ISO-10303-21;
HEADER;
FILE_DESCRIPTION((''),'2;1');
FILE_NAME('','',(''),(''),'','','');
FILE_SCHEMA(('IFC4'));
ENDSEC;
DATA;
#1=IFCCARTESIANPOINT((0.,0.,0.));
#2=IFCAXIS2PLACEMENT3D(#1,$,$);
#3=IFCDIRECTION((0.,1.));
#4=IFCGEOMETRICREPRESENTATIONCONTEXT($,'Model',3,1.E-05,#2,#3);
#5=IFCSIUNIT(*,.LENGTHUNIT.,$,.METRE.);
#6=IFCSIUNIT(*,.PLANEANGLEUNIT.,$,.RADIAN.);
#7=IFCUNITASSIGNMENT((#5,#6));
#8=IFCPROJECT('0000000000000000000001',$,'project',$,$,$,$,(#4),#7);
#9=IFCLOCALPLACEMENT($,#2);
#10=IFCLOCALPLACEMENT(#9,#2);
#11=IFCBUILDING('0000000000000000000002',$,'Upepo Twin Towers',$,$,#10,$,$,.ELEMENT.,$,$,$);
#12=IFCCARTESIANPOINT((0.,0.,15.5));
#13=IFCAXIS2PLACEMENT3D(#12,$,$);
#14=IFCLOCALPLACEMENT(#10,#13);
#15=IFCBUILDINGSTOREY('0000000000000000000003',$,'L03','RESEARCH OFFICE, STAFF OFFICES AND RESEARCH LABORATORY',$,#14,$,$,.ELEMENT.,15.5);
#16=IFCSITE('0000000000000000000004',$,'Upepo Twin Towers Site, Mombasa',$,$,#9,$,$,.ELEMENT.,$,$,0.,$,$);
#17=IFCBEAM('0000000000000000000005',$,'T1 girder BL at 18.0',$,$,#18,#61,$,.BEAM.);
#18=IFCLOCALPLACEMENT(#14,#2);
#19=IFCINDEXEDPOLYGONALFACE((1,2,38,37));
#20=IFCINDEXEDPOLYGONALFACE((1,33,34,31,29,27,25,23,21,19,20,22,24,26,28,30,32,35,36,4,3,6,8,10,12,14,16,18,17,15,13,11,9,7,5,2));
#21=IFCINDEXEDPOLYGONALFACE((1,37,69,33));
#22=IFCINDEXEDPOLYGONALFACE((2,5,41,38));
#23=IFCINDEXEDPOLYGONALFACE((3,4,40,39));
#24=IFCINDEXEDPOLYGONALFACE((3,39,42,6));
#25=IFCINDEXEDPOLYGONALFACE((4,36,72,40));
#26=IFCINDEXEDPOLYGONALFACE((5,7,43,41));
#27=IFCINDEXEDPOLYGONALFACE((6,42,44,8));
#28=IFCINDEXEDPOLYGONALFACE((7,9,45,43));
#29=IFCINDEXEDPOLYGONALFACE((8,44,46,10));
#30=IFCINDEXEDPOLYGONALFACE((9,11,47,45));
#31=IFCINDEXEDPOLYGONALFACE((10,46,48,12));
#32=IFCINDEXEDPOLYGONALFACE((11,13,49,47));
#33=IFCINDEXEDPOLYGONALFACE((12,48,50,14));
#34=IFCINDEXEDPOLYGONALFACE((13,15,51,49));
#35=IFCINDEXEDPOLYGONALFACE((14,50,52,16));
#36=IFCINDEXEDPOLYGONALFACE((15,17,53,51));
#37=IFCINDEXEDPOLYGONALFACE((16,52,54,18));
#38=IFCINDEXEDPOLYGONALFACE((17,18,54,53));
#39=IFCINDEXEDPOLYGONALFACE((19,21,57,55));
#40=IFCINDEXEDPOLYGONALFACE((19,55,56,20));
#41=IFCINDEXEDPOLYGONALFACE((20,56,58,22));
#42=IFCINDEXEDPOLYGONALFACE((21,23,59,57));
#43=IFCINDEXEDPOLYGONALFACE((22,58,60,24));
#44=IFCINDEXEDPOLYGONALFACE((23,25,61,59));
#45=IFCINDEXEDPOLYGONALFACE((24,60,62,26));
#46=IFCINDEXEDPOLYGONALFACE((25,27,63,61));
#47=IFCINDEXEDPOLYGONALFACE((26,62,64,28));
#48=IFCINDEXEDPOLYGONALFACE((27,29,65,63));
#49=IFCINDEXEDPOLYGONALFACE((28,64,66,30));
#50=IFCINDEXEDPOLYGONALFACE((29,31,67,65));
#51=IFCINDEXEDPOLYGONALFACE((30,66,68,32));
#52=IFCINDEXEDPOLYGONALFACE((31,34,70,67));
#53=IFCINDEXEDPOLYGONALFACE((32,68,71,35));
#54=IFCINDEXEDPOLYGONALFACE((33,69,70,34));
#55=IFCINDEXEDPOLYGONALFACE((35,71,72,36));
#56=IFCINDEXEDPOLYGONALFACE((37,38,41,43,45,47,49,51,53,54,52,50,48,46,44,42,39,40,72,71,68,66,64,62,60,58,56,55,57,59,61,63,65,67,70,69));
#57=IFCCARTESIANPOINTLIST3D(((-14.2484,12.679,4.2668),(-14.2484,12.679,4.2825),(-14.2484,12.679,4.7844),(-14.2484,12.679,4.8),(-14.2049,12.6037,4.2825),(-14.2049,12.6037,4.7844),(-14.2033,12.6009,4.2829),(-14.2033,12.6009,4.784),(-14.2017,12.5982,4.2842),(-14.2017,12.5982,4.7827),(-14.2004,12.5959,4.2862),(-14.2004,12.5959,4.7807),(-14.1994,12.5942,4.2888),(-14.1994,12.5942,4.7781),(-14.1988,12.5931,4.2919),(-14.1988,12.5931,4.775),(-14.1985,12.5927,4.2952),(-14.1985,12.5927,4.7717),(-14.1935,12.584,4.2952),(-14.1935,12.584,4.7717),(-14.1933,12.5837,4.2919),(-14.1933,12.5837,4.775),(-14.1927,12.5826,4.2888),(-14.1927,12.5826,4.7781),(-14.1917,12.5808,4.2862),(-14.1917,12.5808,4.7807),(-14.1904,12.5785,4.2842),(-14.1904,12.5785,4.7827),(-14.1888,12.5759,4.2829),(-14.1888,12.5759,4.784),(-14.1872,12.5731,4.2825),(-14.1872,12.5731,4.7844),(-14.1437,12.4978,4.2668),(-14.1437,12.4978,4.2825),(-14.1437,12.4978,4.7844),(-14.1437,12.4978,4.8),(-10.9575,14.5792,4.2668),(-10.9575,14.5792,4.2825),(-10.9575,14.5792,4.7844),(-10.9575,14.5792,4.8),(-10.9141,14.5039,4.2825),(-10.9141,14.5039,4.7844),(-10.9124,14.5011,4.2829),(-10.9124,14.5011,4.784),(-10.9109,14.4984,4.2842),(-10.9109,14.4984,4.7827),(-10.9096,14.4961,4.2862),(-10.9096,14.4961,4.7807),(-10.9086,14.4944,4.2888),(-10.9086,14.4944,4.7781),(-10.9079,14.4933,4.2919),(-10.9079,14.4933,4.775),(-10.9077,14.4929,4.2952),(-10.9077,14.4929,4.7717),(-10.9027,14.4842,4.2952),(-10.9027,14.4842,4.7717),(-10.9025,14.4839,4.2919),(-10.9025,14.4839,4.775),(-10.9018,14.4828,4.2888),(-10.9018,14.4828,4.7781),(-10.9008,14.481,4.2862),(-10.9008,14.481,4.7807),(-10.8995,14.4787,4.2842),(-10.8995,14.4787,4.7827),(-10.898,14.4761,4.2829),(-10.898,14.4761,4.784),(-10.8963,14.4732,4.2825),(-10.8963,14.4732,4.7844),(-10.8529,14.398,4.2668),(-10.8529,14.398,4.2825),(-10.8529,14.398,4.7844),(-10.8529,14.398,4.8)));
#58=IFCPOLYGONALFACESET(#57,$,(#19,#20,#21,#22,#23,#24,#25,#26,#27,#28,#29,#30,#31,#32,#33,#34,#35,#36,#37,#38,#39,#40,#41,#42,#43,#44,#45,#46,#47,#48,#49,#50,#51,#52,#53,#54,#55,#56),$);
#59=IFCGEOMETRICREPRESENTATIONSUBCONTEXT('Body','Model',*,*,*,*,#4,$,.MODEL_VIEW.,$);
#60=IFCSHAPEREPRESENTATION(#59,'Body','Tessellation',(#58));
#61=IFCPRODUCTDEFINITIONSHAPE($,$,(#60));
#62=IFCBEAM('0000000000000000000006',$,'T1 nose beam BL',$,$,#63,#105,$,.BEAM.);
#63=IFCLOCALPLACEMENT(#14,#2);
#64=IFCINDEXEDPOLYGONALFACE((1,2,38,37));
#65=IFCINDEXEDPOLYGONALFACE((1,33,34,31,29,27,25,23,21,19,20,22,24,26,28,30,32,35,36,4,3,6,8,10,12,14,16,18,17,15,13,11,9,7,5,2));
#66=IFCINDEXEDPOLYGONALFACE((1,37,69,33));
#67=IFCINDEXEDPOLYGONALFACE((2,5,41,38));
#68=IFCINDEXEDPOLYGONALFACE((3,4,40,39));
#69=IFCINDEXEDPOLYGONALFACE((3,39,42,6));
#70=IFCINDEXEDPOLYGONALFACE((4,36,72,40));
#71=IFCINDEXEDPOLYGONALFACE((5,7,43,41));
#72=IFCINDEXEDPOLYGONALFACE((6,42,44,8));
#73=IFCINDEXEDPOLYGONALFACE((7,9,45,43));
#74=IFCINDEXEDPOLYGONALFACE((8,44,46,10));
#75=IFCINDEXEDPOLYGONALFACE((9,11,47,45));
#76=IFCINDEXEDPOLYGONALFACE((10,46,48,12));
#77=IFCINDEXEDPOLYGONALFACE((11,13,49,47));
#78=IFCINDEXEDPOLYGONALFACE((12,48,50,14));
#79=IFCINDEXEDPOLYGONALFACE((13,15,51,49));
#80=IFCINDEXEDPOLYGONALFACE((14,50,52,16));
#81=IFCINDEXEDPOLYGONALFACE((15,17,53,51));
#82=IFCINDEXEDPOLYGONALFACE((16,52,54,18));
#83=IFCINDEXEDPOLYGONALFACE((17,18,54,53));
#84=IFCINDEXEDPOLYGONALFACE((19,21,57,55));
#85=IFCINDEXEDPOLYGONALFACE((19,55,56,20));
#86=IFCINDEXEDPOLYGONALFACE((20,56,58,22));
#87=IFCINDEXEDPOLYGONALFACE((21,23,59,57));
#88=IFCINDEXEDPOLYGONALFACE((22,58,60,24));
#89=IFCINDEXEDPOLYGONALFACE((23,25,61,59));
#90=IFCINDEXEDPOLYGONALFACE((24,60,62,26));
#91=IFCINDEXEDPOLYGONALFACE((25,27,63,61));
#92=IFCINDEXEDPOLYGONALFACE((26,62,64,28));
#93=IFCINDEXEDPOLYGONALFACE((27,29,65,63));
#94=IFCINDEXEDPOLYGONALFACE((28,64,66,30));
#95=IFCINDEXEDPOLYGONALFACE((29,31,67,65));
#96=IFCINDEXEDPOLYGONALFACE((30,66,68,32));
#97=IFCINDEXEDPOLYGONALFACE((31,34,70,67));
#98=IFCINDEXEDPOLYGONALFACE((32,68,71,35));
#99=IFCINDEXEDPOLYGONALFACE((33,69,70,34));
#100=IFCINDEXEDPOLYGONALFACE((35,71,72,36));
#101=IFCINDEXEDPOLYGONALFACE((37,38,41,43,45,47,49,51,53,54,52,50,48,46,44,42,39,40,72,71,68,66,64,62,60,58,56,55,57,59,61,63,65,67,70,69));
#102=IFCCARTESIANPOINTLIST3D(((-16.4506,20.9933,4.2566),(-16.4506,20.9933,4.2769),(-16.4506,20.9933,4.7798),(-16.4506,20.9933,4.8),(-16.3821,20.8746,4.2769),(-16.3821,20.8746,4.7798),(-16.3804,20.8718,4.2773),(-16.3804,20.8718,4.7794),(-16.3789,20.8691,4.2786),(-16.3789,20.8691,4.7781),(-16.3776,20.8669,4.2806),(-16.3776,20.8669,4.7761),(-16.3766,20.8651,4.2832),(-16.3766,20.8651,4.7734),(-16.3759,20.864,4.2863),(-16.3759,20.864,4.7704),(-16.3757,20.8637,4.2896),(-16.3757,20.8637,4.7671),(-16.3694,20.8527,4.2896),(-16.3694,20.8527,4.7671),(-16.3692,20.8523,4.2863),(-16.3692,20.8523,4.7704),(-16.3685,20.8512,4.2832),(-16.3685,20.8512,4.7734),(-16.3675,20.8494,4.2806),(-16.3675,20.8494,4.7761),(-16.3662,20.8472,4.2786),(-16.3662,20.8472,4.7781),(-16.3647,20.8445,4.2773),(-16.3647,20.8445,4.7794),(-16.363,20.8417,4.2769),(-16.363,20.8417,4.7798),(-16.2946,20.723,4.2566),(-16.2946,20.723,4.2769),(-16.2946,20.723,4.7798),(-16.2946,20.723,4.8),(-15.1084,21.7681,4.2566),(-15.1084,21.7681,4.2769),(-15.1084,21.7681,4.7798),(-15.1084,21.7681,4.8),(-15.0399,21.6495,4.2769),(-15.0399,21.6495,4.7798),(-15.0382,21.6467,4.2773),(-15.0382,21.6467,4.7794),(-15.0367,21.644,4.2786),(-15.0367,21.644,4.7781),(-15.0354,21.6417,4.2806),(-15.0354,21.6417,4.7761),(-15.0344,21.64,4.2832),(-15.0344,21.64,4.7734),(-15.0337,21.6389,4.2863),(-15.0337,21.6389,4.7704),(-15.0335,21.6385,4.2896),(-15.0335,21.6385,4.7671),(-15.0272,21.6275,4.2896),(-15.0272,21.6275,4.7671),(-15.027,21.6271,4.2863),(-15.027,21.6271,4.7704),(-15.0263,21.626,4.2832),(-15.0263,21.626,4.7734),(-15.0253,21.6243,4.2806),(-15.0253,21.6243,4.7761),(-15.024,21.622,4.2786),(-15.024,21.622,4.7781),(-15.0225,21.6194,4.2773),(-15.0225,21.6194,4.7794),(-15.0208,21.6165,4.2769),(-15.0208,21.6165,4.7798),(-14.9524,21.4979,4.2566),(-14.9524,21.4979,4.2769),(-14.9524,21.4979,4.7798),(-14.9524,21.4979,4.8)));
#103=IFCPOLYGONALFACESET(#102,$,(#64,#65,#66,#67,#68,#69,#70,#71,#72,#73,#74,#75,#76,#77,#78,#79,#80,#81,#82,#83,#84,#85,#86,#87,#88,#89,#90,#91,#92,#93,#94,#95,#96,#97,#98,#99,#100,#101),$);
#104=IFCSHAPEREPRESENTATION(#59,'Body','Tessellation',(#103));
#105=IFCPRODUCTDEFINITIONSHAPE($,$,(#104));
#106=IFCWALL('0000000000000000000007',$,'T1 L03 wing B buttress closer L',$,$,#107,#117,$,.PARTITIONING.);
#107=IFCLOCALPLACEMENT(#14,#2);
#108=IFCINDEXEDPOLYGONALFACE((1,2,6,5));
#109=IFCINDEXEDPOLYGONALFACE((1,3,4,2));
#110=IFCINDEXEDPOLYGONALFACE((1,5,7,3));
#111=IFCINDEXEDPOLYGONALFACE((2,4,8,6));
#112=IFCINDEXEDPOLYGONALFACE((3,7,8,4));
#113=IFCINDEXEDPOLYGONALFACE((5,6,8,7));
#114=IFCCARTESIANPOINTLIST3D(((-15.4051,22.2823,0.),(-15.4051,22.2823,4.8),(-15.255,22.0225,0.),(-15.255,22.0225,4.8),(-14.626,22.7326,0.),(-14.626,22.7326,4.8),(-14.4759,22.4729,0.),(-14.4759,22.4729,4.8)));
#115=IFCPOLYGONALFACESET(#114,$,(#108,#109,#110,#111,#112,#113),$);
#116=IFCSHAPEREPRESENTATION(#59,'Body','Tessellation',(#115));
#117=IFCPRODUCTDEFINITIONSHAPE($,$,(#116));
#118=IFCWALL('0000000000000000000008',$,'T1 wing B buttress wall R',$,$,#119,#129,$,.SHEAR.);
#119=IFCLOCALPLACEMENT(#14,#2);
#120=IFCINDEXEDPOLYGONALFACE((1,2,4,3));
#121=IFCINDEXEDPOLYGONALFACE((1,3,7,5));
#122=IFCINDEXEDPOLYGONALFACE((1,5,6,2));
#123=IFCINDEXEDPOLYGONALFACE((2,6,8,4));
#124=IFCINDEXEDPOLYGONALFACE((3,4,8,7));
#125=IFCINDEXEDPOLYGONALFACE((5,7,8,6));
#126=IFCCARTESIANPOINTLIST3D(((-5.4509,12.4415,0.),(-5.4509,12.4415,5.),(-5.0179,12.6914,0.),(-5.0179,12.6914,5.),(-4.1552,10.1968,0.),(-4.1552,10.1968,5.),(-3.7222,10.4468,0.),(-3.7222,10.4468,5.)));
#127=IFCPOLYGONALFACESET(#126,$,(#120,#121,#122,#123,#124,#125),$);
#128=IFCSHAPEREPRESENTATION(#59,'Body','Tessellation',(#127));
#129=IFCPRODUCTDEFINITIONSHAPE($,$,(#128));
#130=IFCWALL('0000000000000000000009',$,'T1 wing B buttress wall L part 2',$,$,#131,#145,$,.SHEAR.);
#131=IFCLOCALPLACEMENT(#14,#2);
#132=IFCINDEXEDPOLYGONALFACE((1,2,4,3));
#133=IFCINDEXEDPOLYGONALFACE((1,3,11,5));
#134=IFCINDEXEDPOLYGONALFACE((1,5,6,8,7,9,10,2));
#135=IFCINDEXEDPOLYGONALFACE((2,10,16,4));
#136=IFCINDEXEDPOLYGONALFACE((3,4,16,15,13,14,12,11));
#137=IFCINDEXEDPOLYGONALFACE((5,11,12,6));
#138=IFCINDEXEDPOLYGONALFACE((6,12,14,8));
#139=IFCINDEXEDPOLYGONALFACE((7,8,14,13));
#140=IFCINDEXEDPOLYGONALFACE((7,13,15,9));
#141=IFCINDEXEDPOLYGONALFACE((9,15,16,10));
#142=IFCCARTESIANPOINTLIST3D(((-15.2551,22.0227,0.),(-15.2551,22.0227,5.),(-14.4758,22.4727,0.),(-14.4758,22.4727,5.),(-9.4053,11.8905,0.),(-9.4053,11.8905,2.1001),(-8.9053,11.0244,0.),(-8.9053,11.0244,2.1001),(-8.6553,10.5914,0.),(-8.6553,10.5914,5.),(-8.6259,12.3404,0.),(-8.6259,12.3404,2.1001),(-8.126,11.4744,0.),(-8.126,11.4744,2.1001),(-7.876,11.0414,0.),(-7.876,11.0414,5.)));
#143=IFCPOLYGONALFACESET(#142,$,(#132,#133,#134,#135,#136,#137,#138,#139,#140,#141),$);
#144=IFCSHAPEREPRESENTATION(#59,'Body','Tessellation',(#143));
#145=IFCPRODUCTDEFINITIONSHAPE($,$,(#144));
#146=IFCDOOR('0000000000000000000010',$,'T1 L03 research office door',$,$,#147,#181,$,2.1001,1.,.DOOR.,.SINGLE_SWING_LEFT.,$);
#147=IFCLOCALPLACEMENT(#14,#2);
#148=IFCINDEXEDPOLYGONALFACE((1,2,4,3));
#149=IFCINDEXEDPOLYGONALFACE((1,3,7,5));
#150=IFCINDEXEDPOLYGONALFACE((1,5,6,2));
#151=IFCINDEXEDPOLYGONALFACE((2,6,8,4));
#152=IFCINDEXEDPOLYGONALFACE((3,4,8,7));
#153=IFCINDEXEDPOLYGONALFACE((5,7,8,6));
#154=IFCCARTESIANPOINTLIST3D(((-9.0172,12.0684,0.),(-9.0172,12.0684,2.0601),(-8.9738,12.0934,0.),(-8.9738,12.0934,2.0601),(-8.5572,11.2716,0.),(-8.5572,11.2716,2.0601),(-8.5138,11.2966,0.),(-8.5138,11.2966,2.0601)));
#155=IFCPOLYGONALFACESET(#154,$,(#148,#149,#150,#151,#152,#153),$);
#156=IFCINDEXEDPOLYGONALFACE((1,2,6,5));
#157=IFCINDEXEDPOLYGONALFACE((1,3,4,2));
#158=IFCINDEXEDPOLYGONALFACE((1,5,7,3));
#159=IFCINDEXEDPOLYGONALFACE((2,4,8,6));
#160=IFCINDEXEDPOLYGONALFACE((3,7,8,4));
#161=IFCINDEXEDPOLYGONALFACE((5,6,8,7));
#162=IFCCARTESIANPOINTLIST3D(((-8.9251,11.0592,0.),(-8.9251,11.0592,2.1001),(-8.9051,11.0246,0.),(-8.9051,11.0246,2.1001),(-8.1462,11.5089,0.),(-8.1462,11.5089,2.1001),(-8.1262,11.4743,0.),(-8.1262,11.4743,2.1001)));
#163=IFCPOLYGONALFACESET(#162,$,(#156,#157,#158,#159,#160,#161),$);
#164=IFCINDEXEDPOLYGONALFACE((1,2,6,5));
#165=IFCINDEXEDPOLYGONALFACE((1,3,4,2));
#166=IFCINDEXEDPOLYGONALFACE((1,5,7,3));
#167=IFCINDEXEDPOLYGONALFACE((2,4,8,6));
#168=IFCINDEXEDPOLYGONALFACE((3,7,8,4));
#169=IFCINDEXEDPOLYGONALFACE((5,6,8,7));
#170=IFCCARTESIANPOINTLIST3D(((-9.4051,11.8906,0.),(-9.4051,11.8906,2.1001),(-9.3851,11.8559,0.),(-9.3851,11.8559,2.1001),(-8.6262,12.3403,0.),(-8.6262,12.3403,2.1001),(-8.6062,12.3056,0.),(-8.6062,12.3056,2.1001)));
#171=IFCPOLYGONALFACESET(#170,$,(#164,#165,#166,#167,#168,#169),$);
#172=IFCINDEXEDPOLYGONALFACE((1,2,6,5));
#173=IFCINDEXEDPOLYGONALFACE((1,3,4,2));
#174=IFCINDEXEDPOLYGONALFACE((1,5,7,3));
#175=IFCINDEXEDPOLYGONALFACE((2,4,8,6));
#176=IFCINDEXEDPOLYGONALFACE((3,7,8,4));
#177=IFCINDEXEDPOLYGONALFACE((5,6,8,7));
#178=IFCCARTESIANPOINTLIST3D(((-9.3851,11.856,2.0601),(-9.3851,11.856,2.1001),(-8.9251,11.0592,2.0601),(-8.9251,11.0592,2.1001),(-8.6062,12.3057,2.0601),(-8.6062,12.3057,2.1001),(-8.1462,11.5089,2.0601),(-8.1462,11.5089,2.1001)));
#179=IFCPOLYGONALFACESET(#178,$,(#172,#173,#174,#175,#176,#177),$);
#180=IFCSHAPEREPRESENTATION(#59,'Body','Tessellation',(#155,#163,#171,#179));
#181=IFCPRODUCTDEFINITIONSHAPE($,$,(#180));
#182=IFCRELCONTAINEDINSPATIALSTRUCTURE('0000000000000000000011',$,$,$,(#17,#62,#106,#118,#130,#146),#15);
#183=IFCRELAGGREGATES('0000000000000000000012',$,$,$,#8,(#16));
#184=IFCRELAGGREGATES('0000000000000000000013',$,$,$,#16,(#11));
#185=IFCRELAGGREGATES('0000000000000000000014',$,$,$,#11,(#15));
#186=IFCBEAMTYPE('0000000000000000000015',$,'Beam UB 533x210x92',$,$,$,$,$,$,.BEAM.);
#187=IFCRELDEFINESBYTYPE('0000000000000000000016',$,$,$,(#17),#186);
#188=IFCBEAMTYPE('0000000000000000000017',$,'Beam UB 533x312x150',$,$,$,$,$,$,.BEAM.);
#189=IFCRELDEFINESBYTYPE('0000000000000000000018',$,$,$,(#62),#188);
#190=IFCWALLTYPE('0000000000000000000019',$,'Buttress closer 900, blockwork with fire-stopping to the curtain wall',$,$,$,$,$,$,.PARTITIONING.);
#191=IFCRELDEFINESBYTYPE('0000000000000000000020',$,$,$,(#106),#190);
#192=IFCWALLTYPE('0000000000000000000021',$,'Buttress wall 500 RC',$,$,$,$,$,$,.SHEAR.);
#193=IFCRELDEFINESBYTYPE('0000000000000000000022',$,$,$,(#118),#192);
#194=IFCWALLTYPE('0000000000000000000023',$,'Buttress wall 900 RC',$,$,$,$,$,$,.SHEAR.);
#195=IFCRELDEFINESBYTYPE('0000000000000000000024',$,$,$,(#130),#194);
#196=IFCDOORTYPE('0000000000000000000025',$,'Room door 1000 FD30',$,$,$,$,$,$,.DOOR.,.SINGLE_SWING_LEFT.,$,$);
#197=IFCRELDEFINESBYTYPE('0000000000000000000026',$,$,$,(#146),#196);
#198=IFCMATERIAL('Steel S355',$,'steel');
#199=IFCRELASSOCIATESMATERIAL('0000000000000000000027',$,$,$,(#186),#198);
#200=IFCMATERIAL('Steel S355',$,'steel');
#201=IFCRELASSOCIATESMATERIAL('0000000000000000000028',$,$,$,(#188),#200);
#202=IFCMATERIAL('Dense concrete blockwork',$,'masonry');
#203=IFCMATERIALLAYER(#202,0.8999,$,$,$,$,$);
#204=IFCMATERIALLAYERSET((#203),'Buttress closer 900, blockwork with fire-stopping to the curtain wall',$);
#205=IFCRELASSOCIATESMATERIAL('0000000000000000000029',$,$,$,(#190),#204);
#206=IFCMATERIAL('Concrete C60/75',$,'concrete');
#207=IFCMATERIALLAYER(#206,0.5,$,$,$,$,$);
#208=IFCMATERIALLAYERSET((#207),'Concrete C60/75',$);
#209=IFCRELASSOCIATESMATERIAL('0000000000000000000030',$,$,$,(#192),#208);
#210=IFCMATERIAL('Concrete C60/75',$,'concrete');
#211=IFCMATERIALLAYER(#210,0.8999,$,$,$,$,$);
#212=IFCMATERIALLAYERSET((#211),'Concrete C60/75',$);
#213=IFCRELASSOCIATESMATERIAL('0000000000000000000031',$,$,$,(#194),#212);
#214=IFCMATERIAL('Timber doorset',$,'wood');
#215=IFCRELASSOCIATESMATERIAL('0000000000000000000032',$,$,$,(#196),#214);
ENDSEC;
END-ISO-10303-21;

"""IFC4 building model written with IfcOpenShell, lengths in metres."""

from ifc_helpers import new_model, si_unit, direction, frame, frame_2d, origin, origin_2d, place, context, subcontext, project, spatial, rectangle, i_section, extrude, material, layer, layer_set, material_profile, profile_set, type_object, element, fill, save


model = new_model("IFC4")

# Units and contexts
model_context = context("Model", 3, precision=1e-05, world=origin(), true_north=direction((0.0, 1.0)))
body_context = subcontext(model_context, "Body", "Model", "MODEL_VIEW")
ifc_project = project(units=[si_unit("LENGTHUNIT", "METRE"), si_unit("PLANEANGLEUNIT", "RADIAN")], contexts=[model_context])

# Site, building, storey
site_placement = place(None, origin())
site = spatial("IfcSite", under=ifc_project, at=site_placement, Name="Upepo Twin Towers Site, Mombasa", CompositionType="ELEMENT", RefElevation=0.0)
building_placement = place(site_placement, origin())
building = spatial("IfcBuilding", under=site, at=building_placement, Name="Upepo Twin Towers", CompositionType="ELEMENT")
storey_placement = place(building_placement, frame((0.0, 0.0, 15.5)))
storey = spatial("IfcBuildingStorey", under=building, at=storey_placement, Name="L03", Description="RESEARCH OFFICE, STAFF OFFICES AND RESEARCH LABORATORY", CompositionType="ELEMENT", Elevation=15.5)

# Beams
ifc_material_1 = material(Name="Steel S355", Category="steel")
ifc_material_profile_1 = material_profile(ifc_material_1, i_section(OverallWidth=0.2092, OverallDepth=0.5332, WebThickness=0.01, FlangeThickness=0.0156, FilletRadius=0.0127, at=origin_2d()), Name="UB 533x210x92")
ifc_profile_set_1 = profile_set([ifc_material_profile_1], Name="Steel S355")
beam_type_1 = type_object("IfcBeamType", Name="Beam UB 533x210x92", PredefinedType="BEAM", material=ifc_profile_set_1)
beam_1_placement = place(storey_placement, frame((-14.196, 12.5884, 4.5334), z_axis=(0.866, 0.500043, 0.0), x_axis=(-0.500043, 0.866, 0.0)))
element("IfcBeam", 1, at=beam_1_placement, inside=storey, type_object=beam_type_1, Name="T1 girder BL at 18.0", PredefinedType="BEAM", context=body_context, shape_type="SweptSolid", body=[
    extrude(i_section(OverallWidth=0.2092, OverallDepth=0.5332, WebThickness=0.01, FlangeThickness=0.0156, FilletRadius=0.0127, at=origin_2d()), origin(), (0.0, 0.0, 1.0), 3.8),
])
ifc_material_2 = material(Name="Steel S355", Category="steel")
ifc_material_profile_2 = material_profile(ifc_material_2, i_section(OverallWidth=0.312, OverallDepth=0.5435, WebThickness=0.0127, FlangeThickness=0.0203, FilletRadius=0.0127, at=origin_2d()), Name="UB 533x312x150")
ifc_profile_set_2 = profile_set([ifc_material_profile_2], Name="Steel S355")
beam_type_2 = type_object("IfcBeamType", Name="Beam UB 533x312x150", PredefinedType="BEAM", material=ifc_profile_set_2)
beam_2_placement = place(storey_placement, frame((-16.3726, 20.8582, 4.5283), z_axis=(0.866044, 0.499968, 0.0), x_axis=(-0.499968, 0.866044, 0.0)))
element("IfcBeam", 2, at=beam_2_placement, inside=storey, type_object=beam_type_2, Name="T1 nose beam BL", PredefinedType="BEAM", context=body_context, shape_type="SweptSolid", body=[
    extrude(i_section(OverallWidth=0.312, OverallDepth=0.5435, WebThickness=0.0127, FlangeThickness=0.0203, FilletRadius=0.0127, at=origin_2d()), origin(), (0.0, 0.0, 1.0), 1.5498),
])

# Walls
ifc_material_3 = material(Name="Dense concrete blockwork", Category="masonry")
ifc_layer_1 = layer(ifc_material_3, 0.8999)
ifc_layer_set_1 = layer_set([ifc_layer_1], Name="Buttress closer 900, blockwork with fire-stopping to the curtain wall")
wall_type_1 = type_object("IfcWallType", Name="Buttress closer 900, blockwork with fire-stopping to the curtain wall", PredefinedType="PARTITIONING", material=ifc_layer_set_1)
wall_1_placement = place(storey_placement, frame((-14.8655, 22.2478, 0.0), z_axis=(0.0, 0.0, 1.0), x_axis=(-0.500427, 0.865779, 0.0)))
element("IfcWall", 3, at=wall_1_placement, inside=storey, type_object=wall_type_1, Name="T1 L03 wing B buttress closer L", PredefinedType="PARTITIONING", context=body_context, shape_type="SweptSolid", body=[
    extrude(rectangle(XDim=0.3, YDim=0.8999, at=frame_2d((0.1499, 0.0))), origin(), (0.0, 0.0, 1.0), 4.8),
])
ifc_material_4 = material(Name="Concrete C60/75", Category="concrete")
ifc_layer_2 = layer(ifc_material_4, 0.5)
ifc_layer_set_2 = layer_set([ifc_layer_2], Name="Concrete C60/75")
wall_type_2 = type_object("IfcWallType", Name="Buttress wall 500 RC", PredefinedType="SHEAR", material=ifc_layer_set_2)
wall_2_placement = place(storey_placement, frame((-3.9387, 10.3218, 0.0), z_axis=(0.0, 0.0, 1.0), x_axis=(-0.499918, 0.866073, 0.0)))
element("IfcWall", 4, at=wall_2_placement, inside=storey, type_object=wall_type_2, Name="T1 wing B buttress wall R", PredefinedType="SHEAR", context=body_context, shape_type="SweptSolid", body=[
    extrude(rectangle(XDim=2.5918, YDim=0.5, at=frame_2d((1.2959, 0.0))), origin(), (0.0, 0.0, 1.0), 5.0),
])

# Wall, opening, door
ifc_material_5 = material(Name="Concrete C60/75", Category="concrete")
ifc_layer_3 = layer(ifc_material_5, 0.8999)
ifc_layer_set_3 = layer_set([ifc_layer_3], Name="Concrete C60/75")
wall_type_3 = type_object("IfcWallType", Name="Buttress wall 900 RC", PredefinedType="SHEAR", material=ifc_layer_set_3)
wall_3_placement = place(storey_placement, frame((-8.2656, 10.8164, 0.0), z_axis=(0.0, 0.0, 1.0), x_axis=(-0.499996, 0.866028, 0.0)))
wall_3 = element("IfcWall", 5, at=wall_3_placement, inside=storey, type_object=wall_type_3, Name="T1 wing B buttress wall L part 2", PredefinedType="SHEAR", context=body_context, shape_type="SweptSolid", body=[
    extrude(rectangle(XDim=13.1997, YDim=0.8999, at=frame_2d((6.5999, 0.0))), origin(), (0.0, 0.0, 1.0), 5.0),
])
opening_1_placement = place(wall_3_placement, frame((0.5, 0.0, 0.0)))
opening_1 = element("IfcOpeningElement", 6, at=opening_1_placement, cuts=wall_3, PredefinedType="OPENING", context=body_context, shape_type="SweptSolid", body=[
    extrude(rectangle(XDim=1.0, YDim=2.1001, at=frame_2d((0.5, 1.05))), frame((0.0, 0.46, 0.0), z_axis=(0.0, -1.0, 0.0), x_axis=(1.0, 0.0, 0.0)), (0.0, 0.0, 1.0), 0.9199),
])
ifc_material_6 = material(Name="Timber doorset", Category="wood")
door_type_1 = type_object("IfcDoorType", Name="Room door 1000 FD30", OperationType="SINGLE_SWING_LEFT", PredefinedType="DOOR", material=ifc_material_6)
door_1_placement = place(opening_1_placement, origin())
door_1 = element("IfcDoor", 7, at=door_1_placement, inside=storey, type_object=door_type_1, Name="T1 L03 research office door", OperationType="SINGLE_SWING_LEFT", OverallHeight=2.1001, OverallWidth=1.0, PredefinedType="DOOR", context=body_context, shape_type="SweptSolid", body=[
    extrude(rectangle(XDim=0.92, YDim=2.0601, at=frame_2d((0.5, 1.03))), frame((0.0, 0.0249, 0.0), z_axis=(0.0, -1.0, 0.0), x_axis=(1.0, 0.0, 0.0)), (0.0, 0.0, 1.0), 0.05),
    extrude(rectangle(XDim=0.04, YDim=2.1001, at=frame_2d((0.02, 1.05))), frame((0.0, 0.4497, 0.0), z_axis=(0.0, -1.0, 0.0), x_axis=(1.0, 0.0, 0.0)), (0.0, 0.0, 1.0), 0.8994),
    extrude(rectangle(XDim=0.04, YDim=2.1001, at=frame_2d((0.98, 1.05))), frame((0.0, 0.4497, 0.0), z_axis=(0.0, -1.0, 0.0), x_axis=(1.0, 0.0, 0.0)), (0.0, 0.0, 1.0), 0.8994),
    extrude(rectangle(XDim=0.92, YDim=0.04, at=frame_2d((0.5, 2.0801))), frame((0.0, 0.4497, 0.0), z_axis=(0.0, -1.0, 0.0), x_axis=(1.0, 0.0, 0.0)), (0.0, 0.0, 1.0), 0.8994),
])
fill(opening_1, door_1)

save(model, "model.ifc")
